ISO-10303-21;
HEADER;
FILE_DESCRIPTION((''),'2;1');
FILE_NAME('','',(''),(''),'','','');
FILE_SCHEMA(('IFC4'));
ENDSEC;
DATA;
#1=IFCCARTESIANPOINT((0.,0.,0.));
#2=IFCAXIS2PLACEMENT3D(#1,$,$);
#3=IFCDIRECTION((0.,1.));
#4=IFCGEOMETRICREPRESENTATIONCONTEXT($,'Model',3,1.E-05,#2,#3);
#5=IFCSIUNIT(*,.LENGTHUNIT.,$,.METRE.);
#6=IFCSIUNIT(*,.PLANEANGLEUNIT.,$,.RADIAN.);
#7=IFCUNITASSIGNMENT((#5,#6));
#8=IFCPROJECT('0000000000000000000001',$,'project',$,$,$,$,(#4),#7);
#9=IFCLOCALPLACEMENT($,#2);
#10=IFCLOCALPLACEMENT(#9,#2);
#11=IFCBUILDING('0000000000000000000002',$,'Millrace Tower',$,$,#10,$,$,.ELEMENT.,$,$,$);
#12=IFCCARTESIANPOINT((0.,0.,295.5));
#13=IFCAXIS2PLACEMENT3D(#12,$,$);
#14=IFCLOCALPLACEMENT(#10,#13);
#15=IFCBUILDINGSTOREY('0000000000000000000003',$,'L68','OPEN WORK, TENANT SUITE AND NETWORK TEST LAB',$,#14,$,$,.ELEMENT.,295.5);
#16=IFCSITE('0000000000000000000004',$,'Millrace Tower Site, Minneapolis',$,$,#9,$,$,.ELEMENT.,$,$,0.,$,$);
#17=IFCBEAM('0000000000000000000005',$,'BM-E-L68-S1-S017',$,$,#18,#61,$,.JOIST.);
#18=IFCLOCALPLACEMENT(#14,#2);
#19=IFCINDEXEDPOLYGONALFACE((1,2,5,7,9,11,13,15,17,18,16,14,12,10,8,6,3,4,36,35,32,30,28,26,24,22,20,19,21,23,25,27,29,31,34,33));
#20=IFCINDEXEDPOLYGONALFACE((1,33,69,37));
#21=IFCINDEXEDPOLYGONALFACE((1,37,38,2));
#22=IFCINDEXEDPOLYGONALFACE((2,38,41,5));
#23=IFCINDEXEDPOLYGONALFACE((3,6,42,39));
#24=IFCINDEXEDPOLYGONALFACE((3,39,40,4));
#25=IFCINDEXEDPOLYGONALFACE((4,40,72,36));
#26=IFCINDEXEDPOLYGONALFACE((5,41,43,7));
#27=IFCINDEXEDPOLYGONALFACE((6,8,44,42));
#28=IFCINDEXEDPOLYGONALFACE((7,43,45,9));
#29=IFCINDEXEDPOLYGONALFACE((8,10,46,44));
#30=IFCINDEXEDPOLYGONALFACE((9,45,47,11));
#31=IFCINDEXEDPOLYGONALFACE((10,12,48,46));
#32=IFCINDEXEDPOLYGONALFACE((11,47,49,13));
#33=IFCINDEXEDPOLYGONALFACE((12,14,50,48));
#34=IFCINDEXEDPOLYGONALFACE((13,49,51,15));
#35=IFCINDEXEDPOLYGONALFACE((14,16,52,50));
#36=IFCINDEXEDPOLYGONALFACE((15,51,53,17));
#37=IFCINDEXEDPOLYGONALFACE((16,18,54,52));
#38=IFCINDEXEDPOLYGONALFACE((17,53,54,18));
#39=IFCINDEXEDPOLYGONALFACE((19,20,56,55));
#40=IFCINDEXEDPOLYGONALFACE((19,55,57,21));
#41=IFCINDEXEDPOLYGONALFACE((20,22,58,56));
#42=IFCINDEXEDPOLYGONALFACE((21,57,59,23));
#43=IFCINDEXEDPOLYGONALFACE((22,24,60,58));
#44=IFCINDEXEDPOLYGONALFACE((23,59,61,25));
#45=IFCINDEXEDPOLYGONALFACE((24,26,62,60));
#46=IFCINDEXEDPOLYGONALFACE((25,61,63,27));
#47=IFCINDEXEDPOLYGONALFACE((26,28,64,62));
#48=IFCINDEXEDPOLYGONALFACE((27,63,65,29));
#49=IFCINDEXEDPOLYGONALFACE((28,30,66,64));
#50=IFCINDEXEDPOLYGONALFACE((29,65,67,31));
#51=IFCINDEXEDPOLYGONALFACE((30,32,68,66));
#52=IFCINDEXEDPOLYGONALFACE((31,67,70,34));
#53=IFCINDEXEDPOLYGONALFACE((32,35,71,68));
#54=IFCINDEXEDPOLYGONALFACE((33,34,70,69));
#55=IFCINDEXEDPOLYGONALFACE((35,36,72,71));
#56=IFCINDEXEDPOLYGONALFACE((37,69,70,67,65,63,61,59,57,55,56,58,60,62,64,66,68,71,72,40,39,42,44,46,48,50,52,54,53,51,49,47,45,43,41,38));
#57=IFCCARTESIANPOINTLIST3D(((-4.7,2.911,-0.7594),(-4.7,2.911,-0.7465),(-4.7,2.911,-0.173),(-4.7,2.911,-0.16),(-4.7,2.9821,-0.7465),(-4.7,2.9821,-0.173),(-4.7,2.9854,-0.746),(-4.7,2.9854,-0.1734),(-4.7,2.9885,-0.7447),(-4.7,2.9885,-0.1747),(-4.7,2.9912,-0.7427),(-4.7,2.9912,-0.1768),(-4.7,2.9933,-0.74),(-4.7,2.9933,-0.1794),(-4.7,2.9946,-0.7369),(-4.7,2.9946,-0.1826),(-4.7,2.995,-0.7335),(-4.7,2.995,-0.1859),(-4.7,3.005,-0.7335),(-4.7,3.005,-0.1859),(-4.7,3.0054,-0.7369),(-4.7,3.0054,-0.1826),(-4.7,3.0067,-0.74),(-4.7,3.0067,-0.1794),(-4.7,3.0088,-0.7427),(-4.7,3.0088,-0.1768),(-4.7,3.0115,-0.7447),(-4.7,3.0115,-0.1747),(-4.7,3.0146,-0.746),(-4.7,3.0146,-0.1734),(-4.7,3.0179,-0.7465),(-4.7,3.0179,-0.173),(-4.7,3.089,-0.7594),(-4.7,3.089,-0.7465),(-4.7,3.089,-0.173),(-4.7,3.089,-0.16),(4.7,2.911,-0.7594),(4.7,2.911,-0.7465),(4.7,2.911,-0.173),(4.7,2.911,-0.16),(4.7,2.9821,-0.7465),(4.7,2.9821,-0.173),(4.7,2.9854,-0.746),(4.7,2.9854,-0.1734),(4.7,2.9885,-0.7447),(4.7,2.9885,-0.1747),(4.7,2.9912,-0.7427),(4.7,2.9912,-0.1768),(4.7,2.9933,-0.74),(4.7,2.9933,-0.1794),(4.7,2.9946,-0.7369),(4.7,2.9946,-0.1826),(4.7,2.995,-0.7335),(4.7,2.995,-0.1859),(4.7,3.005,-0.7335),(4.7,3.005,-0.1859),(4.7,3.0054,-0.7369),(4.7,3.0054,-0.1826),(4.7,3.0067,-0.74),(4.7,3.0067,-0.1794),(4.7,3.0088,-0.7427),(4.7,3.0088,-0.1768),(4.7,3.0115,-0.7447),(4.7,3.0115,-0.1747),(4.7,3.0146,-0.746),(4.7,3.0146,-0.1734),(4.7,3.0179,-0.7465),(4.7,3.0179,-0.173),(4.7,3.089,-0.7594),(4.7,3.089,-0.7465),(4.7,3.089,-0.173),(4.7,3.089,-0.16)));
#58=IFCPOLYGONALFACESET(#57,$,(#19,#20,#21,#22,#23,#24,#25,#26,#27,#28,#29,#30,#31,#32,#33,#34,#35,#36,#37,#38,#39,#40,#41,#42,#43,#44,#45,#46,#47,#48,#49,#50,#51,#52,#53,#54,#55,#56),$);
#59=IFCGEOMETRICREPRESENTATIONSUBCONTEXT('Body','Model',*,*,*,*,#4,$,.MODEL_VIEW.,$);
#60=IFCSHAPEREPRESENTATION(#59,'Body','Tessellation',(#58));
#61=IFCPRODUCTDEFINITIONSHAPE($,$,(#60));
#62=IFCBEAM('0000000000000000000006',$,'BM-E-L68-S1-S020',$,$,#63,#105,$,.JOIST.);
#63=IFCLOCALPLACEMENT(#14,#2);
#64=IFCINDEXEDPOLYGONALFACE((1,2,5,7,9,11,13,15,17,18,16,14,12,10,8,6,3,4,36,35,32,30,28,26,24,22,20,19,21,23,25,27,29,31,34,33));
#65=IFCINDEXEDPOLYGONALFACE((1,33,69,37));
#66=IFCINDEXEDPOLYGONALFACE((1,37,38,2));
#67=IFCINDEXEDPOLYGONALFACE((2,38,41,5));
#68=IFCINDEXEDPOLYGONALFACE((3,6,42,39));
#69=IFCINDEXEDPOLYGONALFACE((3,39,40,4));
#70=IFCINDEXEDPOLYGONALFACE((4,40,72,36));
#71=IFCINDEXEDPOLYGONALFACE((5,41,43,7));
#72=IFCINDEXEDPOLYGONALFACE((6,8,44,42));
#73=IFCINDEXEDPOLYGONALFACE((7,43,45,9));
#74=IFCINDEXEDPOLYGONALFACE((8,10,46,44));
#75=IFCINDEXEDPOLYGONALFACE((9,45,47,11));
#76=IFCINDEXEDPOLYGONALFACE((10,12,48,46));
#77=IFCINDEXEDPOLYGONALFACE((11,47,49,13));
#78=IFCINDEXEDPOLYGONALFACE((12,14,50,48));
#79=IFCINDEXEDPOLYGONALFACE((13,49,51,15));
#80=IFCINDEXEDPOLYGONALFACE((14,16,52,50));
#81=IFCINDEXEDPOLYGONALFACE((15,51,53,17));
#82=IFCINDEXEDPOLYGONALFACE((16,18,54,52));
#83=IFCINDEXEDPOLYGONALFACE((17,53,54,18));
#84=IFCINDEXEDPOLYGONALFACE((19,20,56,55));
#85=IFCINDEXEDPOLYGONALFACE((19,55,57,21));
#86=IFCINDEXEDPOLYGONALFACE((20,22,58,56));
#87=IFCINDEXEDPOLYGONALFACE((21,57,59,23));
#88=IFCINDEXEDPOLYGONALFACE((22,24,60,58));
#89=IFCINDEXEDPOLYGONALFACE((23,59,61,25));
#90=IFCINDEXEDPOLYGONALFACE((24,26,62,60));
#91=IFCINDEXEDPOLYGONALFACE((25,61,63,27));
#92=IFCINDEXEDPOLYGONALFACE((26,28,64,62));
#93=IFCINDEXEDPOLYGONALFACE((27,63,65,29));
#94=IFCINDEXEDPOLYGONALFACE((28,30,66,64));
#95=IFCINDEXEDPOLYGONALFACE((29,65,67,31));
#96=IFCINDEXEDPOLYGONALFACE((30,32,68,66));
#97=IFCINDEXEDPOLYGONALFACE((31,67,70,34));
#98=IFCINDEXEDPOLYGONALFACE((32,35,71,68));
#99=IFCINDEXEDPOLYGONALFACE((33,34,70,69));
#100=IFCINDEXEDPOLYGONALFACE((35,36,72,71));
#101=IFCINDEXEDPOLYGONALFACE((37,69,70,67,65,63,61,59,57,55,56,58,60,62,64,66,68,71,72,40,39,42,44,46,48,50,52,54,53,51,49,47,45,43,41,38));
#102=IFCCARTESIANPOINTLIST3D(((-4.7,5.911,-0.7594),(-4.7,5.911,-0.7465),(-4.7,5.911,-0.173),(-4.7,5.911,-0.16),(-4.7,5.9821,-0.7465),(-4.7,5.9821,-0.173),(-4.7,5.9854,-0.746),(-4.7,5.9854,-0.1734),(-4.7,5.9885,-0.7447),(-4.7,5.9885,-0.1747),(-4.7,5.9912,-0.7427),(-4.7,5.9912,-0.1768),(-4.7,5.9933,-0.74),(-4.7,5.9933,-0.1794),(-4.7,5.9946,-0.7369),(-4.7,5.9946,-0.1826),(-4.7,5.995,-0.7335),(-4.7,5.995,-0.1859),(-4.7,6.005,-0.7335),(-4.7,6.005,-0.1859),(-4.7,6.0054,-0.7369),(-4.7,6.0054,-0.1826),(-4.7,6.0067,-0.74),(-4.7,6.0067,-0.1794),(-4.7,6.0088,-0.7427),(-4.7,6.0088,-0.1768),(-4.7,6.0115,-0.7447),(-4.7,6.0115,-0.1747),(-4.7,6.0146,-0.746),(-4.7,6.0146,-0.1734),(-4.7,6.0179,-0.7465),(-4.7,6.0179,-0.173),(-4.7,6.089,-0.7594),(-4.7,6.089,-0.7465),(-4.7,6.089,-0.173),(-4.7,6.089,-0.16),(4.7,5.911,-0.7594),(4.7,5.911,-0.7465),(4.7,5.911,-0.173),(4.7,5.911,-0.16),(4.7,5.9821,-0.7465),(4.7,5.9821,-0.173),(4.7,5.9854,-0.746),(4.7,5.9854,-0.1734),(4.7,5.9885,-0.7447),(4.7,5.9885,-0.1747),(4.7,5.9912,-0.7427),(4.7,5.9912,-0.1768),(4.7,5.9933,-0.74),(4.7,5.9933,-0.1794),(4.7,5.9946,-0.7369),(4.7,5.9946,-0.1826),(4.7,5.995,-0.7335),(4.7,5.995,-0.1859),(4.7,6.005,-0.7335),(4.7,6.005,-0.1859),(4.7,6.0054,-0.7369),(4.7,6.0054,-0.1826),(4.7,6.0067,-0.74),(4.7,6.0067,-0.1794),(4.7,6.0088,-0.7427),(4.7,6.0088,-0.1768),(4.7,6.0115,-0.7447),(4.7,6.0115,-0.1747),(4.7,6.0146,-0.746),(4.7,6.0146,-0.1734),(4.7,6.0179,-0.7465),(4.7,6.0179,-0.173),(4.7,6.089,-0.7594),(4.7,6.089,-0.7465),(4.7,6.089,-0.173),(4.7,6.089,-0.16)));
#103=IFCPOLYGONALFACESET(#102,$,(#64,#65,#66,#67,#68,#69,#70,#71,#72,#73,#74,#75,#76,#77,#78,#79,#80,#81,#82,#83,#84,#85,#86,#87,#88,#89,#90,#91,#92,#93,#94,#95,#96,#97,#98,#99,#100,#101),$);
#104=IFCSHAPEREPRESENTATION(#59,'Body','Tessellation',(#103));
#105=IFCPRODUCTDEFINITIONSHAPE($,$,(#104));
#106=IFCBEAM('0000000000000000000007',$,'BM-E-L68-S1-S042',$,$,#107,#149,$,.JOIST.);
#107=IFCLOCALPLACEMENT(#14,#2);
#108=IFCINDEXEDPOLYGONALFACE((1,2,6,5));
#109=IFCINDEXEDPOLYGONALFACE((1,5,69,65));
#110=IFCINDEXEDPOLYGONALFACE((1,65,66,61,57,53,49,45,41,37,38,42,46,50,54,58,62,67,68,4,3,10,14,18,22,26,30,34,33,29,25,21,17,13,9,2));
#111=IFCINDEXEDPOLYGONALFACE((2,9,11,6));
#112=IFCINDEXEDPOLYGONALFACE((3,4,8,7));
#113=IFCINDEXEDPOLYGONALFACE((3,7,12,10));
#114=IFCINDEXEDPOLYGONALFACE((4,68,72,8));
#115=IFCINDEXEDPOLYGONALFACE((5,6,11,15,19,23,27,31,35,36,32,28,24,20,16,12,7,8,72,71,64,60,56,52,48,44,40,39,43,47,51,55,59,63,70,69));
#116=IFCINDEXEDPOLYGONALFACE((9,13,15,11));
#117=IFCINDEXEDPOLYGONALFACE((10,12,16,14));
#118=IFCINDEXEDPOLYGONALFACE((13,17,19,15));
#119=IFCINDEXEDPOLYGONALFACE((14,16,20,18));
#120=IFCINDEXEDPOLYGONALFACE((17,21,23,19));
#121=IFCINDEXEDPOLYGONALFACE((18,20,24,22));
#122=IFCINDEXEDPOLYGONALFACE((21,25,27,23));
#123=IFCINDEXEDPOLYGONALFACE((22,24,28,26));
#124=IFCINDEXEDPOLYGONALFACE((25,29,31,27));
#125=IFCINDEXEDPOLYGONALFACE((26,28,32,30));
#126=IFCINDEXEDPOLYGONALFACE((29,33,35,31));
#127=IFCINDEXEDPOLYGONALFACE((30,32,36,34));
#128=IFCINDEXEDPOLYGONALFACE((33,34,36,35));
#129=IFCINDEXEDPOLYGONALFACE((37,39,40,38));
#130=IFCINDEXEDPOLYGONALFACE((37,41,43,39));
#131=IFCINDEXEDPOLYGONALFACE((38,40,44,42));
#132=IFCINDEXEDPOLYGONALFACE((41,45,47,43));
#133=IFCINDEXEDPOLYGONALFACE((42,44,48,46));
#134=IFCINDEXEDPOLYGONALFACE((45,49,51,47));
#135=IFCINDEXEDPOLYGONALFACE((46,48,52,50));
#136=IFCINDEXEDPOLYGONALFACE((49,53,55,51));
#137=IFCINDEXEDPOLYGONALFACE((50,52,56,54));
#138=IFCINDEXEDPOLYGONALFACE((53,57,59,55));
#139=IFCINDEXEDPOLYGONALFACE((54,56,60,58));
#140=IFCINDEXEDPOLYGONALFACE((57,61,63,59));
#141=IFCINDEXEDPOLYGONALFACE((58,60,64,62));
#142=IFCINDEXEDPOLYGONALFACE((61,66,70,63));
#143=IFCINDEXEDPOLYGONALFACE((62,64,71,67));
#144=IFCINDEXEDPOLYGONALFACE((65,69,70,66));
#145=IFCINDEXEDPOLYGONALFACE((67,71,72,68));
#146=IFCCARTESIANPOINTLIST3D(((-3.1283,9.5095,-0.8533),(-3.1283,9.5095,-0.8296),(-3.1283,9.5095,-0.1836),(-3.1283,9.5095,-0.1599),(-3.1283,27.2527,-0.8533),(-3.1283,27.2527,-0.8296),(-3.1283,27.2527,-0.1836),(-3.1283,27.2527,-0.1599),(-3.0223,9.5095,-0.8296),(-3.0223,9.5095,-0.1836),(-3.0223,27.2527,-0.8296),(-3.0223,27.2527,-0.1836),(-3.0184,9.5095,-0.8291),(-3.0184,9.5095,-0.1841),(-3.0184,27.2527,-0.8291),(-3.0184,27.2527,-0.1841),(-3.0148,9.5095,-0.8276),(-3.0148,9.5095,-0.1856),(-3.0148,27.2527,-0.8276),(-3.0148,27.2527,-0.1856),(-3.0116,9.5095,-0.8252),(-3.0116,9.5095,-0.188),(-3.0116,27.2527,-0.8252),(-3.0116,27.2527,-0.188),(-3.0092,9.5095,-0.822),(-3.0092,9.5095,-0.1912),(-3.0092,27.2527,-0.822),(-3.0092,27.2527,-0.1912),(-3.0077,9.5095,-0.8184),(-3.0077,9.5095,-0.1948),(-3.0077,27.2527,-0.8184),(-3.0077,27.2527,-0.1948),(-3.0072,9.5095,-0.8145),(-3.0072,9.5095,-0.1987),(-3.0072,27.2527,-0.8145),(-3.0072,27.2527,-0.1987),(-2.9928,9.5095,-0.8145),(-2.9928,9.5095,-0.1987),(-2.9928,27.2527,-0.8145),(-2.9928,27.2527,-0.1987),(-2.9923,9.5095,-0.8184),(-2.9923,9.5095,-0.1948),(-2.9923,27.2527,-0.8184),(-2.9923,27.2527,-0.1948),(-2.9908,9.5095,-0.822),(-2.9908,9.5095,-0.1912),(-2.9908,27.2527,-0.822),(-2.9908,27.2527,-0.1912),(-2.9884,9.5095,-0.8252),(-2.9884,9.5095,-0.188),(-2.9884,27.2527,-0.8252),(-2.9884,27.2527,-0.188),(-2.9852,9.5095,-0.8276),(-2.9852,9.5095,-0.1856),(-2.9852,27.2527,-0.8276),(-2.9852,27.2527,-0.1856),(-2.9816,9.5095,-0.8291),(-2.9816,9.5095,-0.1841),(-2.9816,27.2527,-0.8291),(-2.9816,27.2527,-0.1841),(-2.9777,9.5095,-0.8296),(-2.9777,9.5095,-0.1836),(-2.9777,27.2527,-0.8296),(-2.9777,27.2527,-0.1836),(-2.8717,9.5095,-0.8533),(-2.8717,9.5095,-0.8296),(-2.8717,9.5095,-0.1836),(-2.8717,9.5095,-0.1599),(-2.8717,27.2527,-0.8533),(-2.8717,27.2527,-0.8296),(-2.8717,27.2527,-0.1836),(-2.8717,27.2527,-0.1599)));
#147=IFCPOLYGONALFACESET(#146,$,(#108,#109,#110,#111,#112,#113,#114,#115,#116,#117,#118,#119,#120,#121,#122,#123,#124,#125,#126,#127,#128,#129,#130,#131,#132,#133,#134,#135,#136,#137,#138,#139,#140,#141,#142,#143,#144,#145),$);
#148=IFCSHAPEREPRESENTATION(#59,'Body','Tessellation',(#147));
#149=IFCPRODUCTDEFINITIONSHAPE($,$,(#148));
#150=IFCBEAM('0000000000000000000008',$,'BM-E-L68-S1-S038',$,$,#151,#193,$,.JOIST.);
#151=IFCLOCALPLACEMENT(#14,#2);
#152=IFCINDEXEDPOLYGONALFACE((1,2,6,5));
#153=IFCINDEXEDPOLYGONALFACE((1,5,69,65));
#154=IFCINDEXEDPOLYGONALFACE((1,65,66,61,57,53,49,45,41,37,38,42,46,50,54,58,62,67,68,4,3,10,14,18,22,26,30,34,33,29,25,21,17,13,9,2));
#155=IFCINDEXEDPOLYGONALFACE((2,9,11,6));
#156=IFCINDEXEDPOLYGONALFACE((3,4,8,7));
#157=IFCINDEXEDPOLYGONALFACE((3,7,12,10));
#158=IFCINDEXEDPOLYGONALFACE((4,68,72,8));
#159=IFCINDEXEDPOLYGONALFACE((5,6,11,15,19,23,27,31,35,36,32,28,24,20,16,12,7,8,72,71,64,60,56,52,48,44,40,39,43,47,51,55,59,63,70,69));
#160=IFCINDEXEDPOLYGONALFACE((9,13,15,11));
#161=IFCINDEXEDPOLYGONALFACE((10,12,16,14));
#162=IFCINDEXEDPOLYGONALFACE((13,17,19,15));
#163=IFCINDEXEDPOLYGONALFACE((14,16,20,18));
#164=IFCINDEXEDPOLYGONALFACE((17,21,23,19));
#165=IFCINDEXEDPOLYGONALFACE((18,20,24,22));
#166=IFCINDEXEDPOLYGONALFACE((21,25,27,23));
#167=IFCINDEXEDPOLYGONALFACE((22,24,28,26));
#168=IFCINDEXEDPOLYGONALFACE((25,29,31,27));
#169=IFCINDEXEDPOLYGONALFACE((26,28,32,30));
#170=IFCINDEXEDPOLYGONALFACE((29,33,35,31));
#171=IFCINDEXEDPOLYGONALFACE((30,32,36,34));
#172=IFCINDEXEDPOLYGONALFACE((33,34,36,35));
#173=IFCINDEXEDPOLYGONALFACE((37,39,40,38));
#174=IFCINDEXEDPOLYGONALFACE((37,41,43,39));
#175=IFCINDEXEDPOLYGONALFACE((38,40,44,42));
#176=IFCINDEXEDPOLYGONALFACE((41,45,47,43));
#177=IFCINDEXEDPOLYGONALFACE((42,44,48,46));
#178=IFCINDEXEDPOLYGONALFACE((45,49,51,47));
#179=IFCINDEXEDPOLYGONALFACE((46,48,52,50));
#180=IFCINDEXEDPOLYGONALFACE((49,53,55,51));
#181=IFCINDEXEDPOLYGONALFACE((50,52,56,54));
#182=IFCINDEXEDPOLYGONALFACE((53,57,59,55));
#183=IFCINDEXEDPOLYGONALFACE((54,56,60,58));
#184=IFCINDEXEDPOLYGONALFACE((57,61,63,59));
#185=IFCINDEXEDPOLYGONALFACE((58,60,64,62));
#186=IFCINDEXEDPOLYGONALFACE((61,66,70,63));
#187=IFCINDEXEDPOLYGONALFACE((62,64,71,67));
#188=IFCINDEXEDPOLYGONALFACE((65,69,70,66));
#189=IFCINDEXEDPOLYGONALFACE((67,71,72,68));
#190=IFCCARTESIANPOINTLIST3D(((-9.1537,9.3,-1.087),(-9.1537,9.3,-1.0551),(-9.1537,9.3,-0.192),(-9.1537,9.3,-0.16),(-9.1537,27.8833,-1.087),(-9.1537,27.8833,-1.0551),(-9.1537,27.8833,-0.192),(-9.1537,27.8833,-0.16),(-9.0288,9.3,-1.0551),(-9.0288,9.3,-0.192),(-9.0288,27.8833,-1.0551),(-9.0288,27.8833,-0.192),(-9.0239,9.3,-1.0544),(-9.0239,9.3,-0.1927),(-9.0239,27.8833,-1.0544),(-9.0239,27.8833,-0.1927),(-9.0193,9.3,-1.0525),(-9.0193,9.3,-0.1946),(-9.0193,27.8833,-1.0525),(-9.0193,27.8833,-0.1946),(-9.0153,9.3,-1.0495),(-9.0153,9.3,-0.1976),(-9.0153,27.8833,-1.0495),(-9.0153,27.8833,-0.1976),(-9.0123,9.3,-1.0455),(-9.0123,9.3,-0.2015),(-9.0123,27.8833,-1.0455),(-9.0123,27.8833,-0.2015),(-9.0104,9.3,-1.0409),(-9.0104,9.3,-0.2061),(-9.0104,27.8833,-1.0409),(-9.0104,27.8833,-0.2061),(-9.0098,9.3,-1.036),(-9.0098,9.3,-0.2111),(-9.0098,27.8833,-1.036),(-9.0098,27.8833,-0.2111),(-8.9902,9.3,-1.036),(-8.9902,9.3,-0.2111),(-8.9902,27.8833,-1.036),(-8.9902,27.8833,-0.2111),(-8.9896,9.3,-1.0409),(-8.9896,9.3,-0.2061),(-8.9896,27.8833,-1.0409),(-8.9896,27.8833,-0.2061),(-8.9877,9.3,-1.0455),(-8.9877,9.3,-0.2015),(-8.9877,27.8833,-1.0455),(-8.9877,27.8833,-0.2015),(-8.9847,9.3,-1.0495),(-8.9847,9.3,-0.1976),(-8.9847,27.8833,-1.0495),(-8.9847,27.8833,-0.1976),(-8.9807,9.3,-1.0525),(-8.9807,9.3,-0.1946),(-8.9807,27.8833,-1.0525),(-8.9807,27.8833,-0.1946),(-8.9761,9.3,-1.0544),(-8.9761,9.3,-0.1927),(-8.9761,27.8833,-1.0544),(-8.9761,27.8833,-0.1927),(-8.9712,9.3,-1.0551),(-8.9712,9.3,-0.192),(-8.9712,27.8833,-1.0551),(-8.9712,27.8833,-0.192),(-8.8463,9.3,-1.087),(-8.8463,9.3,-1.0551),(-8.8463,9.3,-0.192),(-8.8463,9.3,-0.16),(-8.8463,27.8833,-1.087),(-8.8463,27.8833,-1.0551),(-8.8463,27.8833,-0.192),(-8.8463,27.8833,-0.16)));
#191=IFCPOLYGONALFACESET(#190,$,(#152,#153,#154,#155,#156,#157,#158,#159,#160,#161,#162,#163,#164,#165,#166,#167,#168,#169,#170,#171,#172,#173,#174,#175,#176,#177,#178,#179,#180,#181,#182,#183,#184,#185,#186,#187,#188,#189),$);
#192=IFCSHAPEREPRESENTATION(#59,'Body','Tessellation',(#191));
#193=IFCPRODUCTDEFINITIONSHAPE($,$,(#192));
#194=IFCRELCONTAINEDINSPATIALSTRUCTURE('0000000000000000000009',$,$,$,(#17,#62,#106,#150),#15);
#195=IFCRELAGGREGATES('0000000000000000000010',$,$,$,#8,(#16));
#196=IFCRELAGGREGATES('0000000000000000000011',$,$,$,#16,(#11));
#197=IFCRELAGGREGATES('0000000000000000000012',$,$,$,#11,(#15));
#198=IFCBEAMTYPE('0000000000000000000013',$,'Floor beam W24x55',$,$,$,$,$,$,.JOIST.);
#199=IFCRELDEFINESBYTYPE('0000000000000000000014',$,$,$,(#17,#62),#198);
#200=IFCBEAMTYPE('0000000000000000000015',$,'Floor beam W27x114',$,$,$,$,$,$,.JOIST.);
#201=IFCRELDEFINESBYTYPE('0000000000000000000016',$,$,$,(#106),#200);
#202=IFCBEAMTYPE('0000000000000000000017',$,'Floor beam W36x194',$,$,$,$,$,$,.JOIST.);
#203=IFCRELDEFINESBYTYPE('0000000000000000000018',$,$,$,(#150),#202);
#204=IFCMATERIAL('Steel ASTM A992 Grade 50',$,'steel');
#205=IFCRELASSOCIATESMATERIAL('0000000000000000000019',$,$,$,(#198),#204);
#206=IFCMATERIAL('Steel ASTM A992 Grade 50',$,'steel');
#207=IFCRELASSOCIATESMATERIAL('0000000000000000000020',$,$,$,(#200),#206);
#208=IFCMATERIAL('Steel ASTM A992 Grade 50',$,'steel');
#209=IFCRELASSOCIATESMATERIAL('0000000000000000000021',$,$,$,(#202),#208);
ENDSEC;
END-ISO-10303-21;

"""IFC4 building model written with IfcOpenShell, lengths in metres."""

from ifc_helpers import new_model, si_unit, direction, frame, origin, origin_2d, place, context, subcontext, project, spatial, i_section, extrude, material, material_profile, profile_set, type_object, element, save


model = new_model("IFC4")

# Units and contexts
model_context = context("Model", 3, precision=1e-05, world=origin(), true_north=direction((0.0, 1.0)))
body_context = subcontext(model_context, "Body", "Model", "MODEL_VIEW")
ifc_project = project(units=[si_unit("LENGTHUNIT", "METRE"), si_unit("PLANEANGLEUNIT", "RADIAN")], contexts=[model_context])

# Site, building, storey
site_placement = place(None, origin())
site = spatial("IfcSite", under=ifc_project, at=site_placement, Name="Millrace Tower Site, Minneapolis", CompositionType="ELEMENT", RefElevation=0.0)
building_placement = place(site_placement, origin())
building = spatial("IfcBuilding", under=site, at=building_placement, Name="Millrace Tower", CompositionType="ELEMENT")
storey_placement = place(building_placement, frame((0.0, 0.0, 295.5)))
storey = spatial("IfcBuildingStorey", under=building, at=storey_placement, Name="L68", Description="OPEN WORK, TENANT SUITE AND NETWORK TEST LAB", CompositionType="ELEMENT", Elevation=295.5)

# Beams
ifc_material_1 = material(Name="Steel ASTM A992 Grade 50", Category="steel")
ifc_material_profile_1 = material_profile(ifc_material_1, i_section(OverallWidth=0.178, OverallDepth=0.5994, WebThickness=0.01, FlangeThickness=0.0129, FilletRadius=0.0129, at=origin_2d()))
ifc_profile_set_1 = profile_set([ifc_material_profile_1], Name="Steel ASTM A992 Grade 50")
beam_type_1 = type_object("IfcBeamType", Name="Floor beam W24x55", PredefinedType="JOIST", material=ifc_profile_set_1)
for number, where, z_axis, x_axis, name in (
    (1, (-4.7, 3.0, -0.4597), (1.0, 0.0, 0.0), (0.0, 1.0, 0.0), "BM-E-L68-S1-S017"),
    (2, (-4.7, 6.0, -0.4597), (1.0, 0.0, 0.0), (0.0, 1.0, 0.0), "BM-E-L68-S1-S020"),
):
    element("IfcBeam", number, at=place(storey_placement, frame(where, z_axis=z_axis, x_axis=x_axis)), inside=storey, type_object=beam_type_1, Name=name, PredefinedType="JOIST", context=body_context, shape_type="SweptSolid", body=[
        extrude(i_section(OverallWidth=0.178, OverallDepth=0.5994, WebThickness=0.01, FlangeThickness=0.0129, FilletRadius=0.0129, at=origin_2d()), origin(), (0.0, 0.0, 1.0), 9.3999),
    ])
ifc_material_2 = material(Name="Steel ASTM A992 Grade 50", Category="steel")
ifc_material_profile_2 = material_profile(ifc_material_2, i_section(OverallWidth=0.2566, OverallDepth=0.6934, WebThickness=0.0144, FlangeThickness=0.0237, FilletRadius=0.0151, at=origin_2d()))
ifc_profile_set_2 = profile_set([ifc_material_profile_2], Name="Steel ASTM A992 Grade 50")
beam_type_2 = type_object("IfcBeamType", Name="Floor beam W27x114", PredefinedType="JOIST", material=ifc_profile_set_2)
beam_1_placement = place(storey_placement, frame((-3.0, 9.5095, -0.5066), z_axis=(0.0, 1.0, 0.0), x_axis=(-1.0, 0.0, 0.0)))
element("IfcBeam", 3, at=beam_1_placement, inside=storey, type_object=beam_type_2, Name="BM-E-L68-S1-S042", PredefinedType="JOIST", context=body_context, shape_type="SweptSolid", body=[
    extrude(i_section(OverallWidth=0.2566, OverallDepth=0.6934, WebThickness=0.0144, FlangeThickness=0.0237, FilletRadius=0.0151, at=origin_2d()), origin(), (0.0, 0.0, 1.0), 17.7432),
])
ifc_material_3 = material(Name="Steel ASTM A992 Grade 50", Category="steel")
ifc_material_profile_3 = material_profile(ifc_material_3, i_section(OverallWidth=0.3074, OverallDepth=0.927, WebThickness=0.0195, FlangeThickness=0.032, FilletRadius=0.019, at=origin_2d()))
ifc_profile_set_3 = profile_set([ifc_material_profile_3], Name="Steel ASTM A992 Grade 50")
beam_type_3 = type_object("IfcBeamType", Name="Floor beam W36x194", PredefinedType="JOIST", material=ifc_profile_set_3)
beam_2_placement = place(storey_placement, frame((-9.0, 9.3, -0.6235), z_axis=(0.0, 1.0, 0.0), x_axis=(-1.0, 0.0, 0.0)))
element("IfcBeam", 4, at=beam_2_placement, inside=storey, type_object=beam_type_3, Name="BM-E-L68-S1-S038", PredefinedType="JOIST", context=body_context, shape_type="SweptSolid", body=[
    extrude(i_section(OverallWidth=0.3074, OverallDepth=0.927, WebThickness=0.0195, FlangeThickness=0.032, FilletRadius=0.019, at=origin_2d()), origin(), (0.0, 0.0, 1.0), 18.5833),
])

save(model, "model.ifc")
